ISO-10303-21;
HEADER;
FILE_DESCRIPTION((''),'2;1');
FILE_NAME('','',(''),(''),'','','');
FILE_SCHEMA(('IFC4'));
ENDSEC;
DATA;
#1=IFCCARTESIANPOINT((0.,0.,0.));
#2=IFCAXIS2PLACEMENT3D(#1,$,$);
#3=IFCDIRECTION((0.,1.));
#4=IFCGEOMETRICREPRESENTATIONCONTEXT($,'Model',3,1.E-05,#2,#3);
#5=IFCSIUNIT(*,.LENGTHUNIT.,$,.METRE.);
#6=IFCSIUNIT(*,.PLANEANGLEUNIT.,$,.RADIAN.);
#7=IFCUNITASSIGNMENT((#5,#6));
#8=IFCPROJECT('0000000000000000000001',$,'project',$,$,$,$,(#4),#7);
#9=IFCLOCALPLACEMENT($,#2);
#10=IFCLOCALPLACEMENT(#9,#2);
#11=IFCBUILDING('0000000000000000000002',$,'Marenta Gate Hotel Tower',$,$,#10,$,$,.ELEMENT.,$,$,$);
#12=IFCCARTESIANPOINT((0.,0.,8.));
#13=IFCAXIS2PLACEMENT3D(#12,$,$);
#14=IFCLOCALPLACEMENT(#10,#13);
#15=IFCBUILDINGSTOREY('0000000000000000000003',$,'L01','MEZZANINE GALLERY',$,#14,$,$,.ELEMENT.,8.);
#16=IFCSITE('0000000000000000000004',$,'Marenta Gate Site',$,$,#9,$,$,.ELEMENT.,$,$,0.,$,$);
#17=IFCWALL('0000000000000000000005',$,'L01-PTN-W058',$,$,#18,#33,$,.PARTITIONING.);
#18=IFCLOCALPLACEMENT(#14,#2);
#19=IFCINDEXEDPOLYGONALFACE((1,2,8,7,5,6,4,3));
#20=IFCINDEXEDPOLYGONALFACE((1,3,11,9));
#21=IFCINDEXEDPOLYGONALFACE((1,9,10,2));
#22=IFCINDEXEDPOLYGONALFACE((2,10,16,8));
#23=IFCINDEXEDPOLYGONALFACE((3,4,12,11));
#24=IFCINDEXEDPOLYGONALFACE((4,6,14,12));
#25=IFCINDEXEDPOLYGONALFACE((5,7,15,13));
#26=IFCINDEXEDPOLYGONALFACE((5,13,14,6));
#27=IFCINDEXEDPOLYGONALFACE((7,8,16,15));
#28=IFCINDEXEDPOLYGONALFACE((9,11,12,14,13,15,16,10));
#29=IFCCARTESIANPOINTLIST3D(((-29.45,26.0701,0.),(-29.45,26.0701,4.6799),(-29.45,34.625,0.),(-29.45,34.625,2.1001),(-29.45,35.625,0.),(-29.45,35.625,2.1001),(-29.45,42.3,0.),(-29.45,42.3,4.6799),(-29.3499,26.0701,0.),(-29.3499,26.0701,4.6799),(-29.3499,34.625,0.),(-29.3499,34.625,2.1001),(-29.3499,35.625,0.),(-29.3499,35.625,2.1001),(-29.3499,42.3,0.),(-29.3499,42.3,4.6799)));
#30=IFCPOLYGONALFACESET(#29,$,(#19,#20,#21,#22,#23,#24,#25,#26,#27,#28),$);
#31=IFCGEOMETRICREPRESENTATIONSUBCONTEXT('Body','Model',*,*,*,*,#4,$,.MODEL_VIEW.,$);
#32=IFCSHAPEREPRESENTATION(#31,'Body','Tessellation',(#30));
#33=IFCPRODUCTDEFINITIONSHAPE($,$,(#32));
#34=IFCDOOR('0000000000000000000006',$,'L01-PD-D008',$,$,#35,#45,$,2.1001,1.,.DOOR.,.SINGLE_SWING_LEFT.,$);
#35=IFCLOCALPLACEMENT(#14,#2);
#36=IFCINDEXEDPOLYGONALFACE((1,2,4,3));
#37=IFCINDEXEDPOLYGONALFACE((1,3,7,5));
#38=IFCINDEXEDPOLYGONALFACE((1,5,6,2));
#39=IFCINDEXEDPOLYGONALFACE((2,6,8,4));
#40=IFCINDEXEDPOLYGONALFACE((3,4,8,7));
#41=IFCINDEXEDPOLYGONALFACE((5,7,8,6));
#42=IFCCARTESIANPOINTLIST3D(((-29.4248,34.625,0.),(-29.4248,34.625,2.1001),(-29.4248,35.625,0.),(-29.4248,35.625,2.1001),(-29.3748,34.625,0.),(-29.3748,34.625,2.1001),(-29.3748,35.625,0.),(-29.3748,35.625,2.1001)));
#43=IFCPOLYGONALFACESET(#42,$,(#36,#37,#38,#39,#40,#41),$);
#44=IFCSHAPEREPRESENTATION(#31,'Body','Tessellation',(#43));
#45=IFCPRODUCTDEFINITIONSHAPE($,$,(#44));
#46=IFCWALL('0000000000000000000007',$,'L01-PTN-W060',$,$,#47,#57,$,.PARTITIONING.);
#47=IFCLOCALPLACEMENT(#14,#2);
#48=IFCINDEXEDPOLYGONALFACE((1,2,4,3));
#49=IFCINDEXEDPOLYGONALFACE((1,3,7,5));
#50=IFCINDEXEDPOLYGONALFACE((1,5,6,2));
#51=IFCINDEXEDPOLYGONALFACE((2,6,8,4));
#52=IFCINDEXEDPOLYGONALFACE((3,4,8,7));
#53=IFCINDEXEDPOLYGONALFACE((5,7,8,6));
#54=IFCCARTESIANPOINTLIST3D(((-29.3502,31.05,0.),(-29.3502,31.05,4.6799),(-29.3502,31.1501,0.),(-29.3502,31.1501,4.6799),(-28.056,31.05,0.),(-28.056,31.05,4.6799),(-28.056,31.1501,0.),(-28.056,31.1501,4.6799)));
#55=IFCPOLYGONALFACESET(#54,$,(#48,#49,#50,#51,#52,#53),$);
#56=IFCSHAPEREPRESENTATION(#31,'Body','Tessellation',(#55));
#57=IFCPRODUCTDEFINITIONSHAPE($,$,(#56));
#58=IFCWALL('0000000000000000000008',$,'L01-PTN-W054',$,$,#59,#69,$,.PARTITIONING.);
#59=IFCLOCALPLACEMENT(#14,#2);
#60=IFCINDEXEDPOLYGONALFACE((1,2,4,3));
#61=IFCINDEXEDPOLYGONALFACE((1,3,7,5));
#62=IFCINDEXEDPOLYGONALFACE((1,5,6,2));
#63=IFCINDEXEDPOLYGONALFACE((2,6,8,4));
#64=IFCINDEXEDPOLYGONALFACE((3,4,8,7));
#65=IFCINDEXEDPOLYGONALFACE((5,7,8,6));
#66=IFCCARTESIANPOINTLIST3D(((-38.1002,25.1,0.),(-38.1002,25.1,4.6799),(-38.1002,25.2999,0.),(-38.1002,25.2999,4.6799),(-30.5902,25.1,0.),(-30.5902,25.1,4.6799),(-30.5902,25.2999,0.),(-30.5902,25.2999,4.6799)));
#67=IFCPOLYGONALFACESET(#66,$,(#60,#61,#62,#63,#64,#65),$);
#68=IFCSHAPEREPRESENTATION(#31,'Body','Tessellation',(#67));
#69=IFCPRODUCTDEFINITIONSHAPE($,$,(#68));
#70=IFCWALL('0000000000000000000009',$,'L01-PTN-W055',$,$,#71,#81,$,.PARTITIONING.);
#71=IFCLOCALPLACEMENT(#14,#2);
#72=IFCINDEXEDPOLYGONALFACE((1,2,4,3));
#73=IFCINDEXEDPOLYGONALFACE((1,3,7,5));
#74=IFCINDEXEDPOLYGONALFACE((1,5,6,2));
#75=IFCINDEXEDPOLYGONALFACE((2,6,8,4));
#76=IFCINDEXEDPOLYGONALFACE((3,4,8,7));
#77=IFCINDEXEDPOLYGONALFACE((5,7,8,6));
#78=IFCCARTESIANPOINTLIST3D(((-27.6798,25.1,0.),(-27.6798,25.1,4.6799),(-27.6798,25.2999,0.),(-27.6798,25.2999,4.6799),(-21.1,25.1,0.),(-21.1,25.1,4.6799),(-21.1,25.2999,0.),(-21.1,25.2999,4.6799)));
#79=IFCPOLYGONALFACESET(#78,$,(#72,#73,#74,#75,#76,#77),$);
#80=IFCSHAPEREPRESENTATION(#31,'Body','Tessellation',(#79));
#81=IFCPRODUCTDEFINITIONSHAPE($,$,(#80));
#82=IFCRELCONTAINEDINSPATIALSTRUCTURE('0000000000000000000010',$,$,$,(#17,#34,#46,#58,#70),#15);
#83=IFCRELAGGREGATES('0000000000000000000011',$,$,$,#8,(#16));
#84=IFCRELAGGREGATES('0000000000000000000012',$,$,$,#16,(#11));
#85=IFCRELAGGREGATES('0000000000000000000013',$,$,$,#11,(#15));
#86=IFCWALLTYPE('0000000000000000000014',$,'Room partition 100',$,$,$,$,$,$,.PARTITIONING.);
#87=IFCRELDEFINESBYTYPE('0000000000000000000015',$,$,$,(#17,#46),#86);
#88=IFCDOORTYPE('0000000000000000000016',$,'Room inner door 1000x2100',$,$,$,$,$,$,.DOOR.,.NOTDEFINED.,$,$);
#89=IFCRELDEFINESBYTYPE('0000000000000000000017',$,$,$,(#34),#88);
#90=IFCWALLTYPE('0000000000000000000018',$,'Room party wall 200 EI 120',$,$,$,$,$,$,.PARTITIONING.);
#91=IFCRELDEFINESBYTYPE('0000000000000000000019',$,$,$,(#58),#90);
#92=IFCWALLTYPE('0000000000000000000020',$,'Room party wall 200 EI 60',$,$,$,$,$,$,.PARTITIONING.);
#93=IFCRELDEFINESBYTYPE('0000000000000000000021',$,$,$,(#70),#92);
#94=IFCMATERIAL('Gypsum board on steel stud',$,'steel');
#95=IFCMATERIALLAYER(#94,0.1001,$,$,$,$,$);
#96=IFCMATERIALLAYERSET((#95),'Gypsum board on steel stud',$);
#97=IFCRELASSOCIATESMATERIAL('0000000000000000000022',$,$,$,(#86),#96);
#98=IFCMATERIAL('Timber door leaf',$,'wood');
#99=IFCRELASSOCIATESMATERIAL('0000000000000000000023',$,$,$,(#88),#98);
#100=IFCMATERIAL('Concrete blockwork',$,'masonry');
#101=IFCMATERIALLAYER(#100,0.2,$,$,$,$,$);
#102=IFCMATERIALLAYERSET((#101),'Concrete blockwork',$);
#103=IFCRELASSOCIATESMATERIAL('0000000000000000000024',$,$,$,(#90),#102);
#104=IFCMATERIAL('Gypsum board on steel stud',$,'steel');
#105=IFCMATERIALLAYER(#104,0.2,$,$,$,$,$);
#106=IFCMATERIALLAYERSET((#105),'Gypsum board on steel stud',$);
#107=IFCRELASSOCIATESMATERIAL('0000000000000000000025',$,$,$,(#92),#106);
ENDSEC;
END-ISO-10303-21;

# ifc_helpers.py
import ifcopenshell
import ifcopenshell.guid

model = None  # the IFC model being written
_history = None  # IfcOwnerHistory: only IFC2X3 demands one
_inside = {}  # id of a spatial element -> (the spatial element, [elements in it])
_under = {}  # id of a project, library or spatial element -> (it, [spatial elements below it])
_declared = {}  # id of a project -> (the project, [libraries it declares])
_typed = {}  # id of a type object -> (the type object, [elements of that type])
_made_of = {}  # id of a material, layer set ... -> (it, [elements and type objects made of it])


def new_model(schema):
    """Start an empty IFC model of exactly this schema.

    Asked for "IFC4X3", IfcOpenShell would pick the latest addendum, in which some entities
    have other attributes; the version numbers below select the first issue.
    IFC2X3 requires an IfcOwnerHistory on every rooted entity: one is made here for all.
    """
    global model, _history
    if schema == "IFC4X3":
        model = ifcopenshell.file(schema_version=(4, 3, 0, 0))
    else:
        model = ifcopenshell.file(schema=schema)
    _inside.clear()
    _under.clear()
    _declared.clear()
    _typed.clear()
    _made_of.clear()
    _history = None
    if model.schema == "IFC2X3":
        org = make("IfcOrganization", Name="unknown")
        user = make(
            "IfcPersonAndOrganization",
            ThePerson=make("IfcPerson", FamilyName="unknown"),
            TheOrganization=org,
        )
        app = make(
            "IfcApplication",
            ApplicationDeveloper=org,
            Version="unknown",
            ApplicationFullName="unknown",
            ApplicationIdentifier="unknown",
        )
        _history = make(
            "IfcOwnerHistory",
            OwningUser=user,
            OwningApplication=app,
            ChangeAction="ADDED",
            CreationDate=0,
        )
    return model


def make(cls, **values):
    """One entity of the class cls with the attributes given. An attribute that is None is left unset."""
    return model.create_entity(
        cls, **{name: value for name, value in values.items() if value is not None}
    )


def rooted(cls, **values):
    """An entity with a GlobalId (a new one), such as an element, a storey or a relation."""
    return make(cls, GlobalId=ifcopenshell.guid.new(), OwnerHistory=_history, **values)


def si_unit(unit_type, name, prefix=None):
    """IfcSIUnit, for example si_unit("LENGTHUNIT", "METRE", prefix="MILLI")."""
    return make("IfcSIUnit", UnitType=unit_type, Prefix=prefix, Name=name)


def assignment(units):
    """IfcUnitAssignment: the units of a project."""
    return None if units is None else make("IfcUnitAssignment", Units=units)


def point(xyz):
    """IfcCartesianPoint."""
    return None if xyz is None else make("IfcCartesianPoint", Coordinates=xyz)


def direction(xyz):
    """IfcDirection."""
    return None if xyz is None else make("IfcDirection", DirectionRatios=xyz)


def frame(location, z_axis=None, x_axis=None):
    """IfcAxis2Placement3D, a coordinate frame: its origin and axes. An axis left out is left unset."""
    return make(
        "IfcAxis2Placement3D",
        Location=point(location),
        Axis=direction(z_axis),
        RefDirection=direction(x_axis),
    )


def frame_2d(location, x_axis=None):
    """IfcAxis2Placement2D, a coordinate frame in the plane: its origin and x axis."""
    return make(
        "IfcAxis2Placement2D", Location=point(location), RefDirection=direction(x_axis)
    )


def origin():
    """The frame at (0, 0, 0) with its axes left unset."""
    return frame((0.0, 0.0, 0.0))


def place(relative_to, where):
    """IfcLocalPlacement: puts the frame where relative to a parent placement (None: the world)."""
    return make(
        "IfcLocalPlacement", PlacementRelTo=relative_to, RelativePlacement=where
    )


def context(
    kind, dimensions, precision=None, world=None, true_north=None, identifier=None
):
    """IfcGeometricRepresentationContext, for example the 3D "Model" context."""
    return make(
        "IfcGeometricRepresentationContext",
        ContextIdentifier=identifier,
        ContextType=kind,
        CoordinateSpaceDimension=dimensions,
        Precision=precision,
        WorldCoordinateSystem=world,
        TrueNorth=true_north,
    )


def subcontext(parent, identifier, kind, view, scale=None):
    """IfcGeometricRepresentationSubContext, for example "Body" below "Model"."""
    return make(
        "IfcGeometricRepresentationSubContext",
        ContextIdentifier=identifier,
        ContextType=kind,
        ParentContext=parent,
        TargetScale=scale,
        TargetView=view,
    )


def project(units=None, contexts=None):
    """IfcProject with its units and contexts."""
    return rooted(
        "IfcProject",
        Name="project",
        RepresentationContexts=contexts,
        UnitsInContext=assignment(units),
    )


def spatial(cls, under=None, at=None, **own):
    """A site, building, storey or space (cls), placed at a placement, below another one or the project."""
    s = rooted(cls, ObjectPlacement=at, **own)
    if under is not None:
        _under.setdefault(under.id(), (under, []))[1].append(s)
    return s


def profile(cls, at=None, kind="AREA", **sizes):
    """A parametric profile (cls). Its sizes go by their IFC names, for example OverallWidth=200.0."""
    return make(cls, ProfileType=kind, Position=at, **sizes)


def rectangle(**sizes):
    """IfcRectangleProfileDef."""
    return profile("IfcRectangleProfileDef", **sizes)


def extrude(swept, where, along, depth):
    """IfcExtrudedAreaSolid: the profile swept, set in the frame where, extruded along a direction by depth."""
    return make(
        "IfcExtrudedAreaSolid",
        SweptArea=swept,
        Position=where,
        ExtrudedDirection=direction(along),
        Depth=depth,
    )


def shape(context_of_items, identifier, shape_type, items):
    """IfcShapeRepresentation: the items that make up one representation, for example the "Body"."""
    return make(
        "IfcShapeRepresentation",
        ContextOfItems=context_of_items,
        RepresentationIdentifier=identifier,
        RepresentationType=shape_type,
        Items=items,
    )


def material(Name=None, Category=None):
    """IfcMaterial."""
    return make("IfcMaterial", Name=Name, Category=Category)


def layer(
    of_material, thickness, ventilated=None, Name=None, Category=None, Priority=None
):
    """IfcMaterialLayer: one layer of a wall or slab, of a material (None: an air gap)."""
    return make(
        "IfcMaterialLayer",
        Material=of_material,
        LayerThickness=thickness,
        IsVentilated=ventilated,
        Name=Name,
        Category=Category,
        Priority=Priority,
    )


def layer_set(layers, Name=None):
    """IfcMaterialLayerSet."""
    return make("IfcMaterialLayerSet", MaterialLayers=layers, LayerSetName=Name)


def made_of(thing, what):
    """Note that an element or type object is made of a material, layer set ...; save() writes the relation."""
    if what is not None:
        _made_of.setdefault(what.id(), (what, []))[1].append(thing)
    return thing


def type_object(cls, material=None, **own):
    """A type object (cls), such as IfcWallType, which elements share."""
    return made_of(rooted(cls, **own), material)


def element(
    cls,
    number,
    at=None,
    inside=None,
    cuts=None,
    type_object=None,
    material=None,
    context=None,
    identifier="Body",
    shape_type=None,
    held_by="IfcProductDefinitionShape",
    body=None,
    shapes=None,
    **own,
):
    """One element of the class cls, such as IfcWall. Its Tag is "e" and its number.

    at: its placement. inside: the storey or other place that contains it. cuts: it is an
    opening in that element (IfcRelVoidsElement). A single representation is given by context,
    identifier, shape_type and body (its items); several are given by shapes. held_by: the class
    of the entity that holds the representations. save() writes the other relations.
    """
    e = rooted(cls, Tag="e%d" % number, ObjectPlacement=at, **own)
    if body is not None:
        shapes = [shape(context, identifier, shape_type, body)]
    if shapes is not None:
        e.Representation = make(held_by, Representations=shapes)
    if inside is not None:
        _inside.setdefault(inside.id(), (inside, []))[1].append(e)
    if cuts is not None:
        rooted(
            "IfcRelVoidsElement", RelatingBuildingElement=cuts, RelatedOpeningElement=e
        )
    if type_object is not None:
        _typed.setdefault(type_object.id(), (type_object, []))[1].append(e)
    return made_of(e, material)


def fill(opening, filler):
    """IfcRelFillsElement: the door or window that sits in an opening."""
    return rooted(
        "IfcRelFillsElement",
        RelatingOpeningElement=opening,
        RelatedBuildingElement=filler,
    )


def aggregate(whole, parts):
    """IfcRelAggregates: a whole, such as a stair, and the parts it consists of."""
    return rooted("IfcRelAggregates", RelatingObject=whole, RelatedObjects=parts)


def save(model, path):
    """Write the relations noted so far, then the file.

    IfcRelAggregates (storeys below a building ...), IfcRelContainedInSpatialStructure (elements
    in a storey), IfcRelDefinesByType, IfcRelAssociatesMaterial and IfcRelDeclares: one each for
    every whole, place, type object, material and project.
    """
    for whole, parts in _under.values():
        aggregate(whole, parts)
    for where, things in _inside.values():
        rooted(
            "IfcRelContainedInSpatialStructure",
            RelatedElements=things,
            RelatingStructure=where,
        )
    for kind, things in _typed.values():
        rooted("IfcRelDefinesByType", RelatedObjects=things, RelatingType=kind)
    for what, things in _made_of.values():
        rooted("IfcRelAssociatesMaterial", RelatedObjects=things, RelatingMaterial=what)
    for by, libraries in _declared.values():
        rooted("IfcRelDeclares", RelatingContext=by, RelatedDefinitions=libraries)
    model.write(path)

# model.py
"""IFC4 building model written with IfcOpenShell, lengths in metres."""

from ifc_helpers import new_model, si_unit, direction, frame, frame_2d, origin, place, context, subcontext, project, spatial, rectangle, extrude, material, layer, layer_set, type_object, element, fill, save


model = new_model("IFC4")

# Units and contexts
model_context = context("Model", 3, precision=1e-05, world=origin(), true_north=direction((0.0, 1.0)))
body_context = subcontext(model_context, "Body", "Model", "MODEL_VIEW")
ifc_project = project(units=[si_unit("LENGTHUNIT", "METRE"), si_unit("PLANEANGLEUNIT", "RADIAN")], contexts=[model_context])

# Site, building, storey
site_placement = place(None, origin())
site = spatial("IfcSite", under=ifc_project, at=site_placement, Name="Marenta Gate Site", CompositionType="ELEMENT", RefElevation=0.0)
building_placement = place(site_placement, origin())
building = spatial("IfcBuilding", under=site, at=building_placement, Name="Marenta Gate Hotel Tower", CompositionType="ELEMENT")
storey_placement = place(building_placement, frame((0.0, 0.0, 8.0)))
storey = spatial("IfcBuildingStorey", under=building, at=storey_placement, Name="L01", Description="MEZZANINE GALLERY", CompositionType="ELEMENT", Elevation=8.0)

# Wall, opening, door
ifc_material_1 = material(Name="Gypsum board on steel stud", Category="steel")
ifc_layer_1 = layer(ifc_material_1, 0.1001)
ifc_layer_set_1 = layer_set([ifc_layer_1], Name="Gypsum board on steel stud")
wall_type_1 = type_object("IfcWallType", Name="Room partition 100", PredefinedType="PARTITIONING", material=ifc_layer_set_1)
wall_1_placement = place(storey_placement, frame((-29.3999, 26.0701, 0.0), z_axis=(0.0, 0.0, 1.0), x_axis=(0.0, 1.0, 0.0)))
wall_1 = element("IfcWall", 1, at=wall_1_placement, inside=storey, type_object=wall_type_1, Name="L01-PTN-W058", PredefinedType="PARTITIONING", context=body_context, shape_type="SweptSolid", body=[
    extrude(rectangle(XDim=16.23, YDim=0.1001, at=frame_2d((8.115, 0.0))), origin(), (0.0, 0.0, 1.0), 4.6799),
])
opening_placement = place(wall_1_placement, frame((8.5549, 0.0, 0.0)))
opening = element("IfcOpeningElement", 2, at=opening_placement, cuts=wall_1, PredefinedType="OPENING", context=body_context, shape_type="SweptSolid", body=[
    extrude(rectangle(XDim=1.0, YDim=2.1001, at=frame_2d((0.5, 1.05))), frame((0.0, 0.05, 0.0), z_axis=(0.0, -1.0, 0.0), x_axis=(1.0, 0.0, 0.0)), (0.0, 0.0, 1.0), 0.1001),
])
ifc_material_2 = material(Name="Timber door leaf", Category="wood")
door_type = type_object("IfcDoorType", Name="Room inner door 1000x2100", OperationType="NOTDEFINED", PredefinedType="DOOR", material=ifc_material_2)
door_placement = place(opening_placement, origin())
door = element("IfcDoor", 3, at=door_placement, inside=storey, type_object=door_type, Name="L01-PD-D008", OperationType="SINGLE_SWING_LEFT", OverallHeight=2.1001, OverallWidth=1.0, PredefinedType="DOOR", context=body_context, shape_type="SweptSolid", body=[
    extrude(rectangle(XDim=1.0, YDim=2.1001, at=frame_2d((0.5, 1.05))), frame((0.0, 0.0249, 0.0), z_axis=(0.0, -1.0, 0.0), x_axis=(1.0, 0.0, 0.0)), (0.0, 0.0, 1.0), 0.05),
])
fill(opening, door)

# Walls
wall_2_placement = place(storey_placement, frame((-29.3501, 31.1001, 0.0), z_axis=(0.0, 0.0, 1.0), x_axis=(1.0, 0.0, 0.0)))
element("IfcWall", 4, at=wall_2_placement, inside=storey, type_object=wall_type_1, Name="L01-PTN-W060", PredefinedType="PARTITIONING", context=body_context, shape_type="SweptSolid", body=[
    extrude(rectangle(XDim=1.2942, YDim=0.1001, at=frame_2d((0.647, 0.0))), origin(), (0.0, 0.0, 1.0), 4.6799),
])
ifc_material_3 = material(Name="Concrete blockwork", Category="masonry")
ifc_layer_2 = layer(ifc_material_3, 0.2)
ifc_layer_set_2 = layer_set([ifc_layer_2], Name="Concrete blockwork")
wall_type_2 = type_object("IfcWallType", Name="Room party wall 200 EI 120", PredefinedType="PARTITIONING", material=ifc_layer_set_2)
wall_3_placement = place(storey_placement, frame((-38.1001, 25.2, 0.0), z_axis=(0.0, 0.0, 1.0), x_axis=(1.0, 0.0, 0.0)))
element("IfcWall", 5, at=wall_3_placement, inside=storey, type_object=wall_type_2, Name="L01-PTN-W054", PredefinedType="PARTITIONING", context=body_context, shape_type="SweptSolid", body=[
    extrude(rectangle(XDim=7.51, YDim=0.2, at=frame_2d((3.7549, 0.0))), origin(), (0.0, 0.0, 1.0), 4.6799),
])
ifc_material_4 = material(Name="Gypsum board on steel stud", Category="steel")
ifc_layer_3 = layer(ifc_material_4, 0.2)
ifc_layer_set_3 = layer_set([ifc_layer_3], Name="Gypsum board on steel stud")
wall_type_3 = type_object("IfcWallType", Name="Room party wall 200 EI 60", PredefinedType="PARTITIONING", material=ifc_layer_set_3)
wall_4_placement = place(storey_placement, frame((-27.6799, 25.2, 0.0), z_axis=(0.0, 0.0, 1.0), x_axis=(1.0, 0.0, 0.0)))
element("IfcWall", 6, at=wall_4_placement, inside=storey, type_object=wall_type_3, Name="L01-PTN-W055", PredefinedType="PARTITIONING", context=body_context, shape_type="SweptSolid", body=[
    extrude(rectangle(XDim=6.5798, YDim=0.2, at=frame_2d((3.29, 0.0))), origin(), (0.0, 0.0, 1.0), 4.6799),
])

save(model, "model.ifc")
